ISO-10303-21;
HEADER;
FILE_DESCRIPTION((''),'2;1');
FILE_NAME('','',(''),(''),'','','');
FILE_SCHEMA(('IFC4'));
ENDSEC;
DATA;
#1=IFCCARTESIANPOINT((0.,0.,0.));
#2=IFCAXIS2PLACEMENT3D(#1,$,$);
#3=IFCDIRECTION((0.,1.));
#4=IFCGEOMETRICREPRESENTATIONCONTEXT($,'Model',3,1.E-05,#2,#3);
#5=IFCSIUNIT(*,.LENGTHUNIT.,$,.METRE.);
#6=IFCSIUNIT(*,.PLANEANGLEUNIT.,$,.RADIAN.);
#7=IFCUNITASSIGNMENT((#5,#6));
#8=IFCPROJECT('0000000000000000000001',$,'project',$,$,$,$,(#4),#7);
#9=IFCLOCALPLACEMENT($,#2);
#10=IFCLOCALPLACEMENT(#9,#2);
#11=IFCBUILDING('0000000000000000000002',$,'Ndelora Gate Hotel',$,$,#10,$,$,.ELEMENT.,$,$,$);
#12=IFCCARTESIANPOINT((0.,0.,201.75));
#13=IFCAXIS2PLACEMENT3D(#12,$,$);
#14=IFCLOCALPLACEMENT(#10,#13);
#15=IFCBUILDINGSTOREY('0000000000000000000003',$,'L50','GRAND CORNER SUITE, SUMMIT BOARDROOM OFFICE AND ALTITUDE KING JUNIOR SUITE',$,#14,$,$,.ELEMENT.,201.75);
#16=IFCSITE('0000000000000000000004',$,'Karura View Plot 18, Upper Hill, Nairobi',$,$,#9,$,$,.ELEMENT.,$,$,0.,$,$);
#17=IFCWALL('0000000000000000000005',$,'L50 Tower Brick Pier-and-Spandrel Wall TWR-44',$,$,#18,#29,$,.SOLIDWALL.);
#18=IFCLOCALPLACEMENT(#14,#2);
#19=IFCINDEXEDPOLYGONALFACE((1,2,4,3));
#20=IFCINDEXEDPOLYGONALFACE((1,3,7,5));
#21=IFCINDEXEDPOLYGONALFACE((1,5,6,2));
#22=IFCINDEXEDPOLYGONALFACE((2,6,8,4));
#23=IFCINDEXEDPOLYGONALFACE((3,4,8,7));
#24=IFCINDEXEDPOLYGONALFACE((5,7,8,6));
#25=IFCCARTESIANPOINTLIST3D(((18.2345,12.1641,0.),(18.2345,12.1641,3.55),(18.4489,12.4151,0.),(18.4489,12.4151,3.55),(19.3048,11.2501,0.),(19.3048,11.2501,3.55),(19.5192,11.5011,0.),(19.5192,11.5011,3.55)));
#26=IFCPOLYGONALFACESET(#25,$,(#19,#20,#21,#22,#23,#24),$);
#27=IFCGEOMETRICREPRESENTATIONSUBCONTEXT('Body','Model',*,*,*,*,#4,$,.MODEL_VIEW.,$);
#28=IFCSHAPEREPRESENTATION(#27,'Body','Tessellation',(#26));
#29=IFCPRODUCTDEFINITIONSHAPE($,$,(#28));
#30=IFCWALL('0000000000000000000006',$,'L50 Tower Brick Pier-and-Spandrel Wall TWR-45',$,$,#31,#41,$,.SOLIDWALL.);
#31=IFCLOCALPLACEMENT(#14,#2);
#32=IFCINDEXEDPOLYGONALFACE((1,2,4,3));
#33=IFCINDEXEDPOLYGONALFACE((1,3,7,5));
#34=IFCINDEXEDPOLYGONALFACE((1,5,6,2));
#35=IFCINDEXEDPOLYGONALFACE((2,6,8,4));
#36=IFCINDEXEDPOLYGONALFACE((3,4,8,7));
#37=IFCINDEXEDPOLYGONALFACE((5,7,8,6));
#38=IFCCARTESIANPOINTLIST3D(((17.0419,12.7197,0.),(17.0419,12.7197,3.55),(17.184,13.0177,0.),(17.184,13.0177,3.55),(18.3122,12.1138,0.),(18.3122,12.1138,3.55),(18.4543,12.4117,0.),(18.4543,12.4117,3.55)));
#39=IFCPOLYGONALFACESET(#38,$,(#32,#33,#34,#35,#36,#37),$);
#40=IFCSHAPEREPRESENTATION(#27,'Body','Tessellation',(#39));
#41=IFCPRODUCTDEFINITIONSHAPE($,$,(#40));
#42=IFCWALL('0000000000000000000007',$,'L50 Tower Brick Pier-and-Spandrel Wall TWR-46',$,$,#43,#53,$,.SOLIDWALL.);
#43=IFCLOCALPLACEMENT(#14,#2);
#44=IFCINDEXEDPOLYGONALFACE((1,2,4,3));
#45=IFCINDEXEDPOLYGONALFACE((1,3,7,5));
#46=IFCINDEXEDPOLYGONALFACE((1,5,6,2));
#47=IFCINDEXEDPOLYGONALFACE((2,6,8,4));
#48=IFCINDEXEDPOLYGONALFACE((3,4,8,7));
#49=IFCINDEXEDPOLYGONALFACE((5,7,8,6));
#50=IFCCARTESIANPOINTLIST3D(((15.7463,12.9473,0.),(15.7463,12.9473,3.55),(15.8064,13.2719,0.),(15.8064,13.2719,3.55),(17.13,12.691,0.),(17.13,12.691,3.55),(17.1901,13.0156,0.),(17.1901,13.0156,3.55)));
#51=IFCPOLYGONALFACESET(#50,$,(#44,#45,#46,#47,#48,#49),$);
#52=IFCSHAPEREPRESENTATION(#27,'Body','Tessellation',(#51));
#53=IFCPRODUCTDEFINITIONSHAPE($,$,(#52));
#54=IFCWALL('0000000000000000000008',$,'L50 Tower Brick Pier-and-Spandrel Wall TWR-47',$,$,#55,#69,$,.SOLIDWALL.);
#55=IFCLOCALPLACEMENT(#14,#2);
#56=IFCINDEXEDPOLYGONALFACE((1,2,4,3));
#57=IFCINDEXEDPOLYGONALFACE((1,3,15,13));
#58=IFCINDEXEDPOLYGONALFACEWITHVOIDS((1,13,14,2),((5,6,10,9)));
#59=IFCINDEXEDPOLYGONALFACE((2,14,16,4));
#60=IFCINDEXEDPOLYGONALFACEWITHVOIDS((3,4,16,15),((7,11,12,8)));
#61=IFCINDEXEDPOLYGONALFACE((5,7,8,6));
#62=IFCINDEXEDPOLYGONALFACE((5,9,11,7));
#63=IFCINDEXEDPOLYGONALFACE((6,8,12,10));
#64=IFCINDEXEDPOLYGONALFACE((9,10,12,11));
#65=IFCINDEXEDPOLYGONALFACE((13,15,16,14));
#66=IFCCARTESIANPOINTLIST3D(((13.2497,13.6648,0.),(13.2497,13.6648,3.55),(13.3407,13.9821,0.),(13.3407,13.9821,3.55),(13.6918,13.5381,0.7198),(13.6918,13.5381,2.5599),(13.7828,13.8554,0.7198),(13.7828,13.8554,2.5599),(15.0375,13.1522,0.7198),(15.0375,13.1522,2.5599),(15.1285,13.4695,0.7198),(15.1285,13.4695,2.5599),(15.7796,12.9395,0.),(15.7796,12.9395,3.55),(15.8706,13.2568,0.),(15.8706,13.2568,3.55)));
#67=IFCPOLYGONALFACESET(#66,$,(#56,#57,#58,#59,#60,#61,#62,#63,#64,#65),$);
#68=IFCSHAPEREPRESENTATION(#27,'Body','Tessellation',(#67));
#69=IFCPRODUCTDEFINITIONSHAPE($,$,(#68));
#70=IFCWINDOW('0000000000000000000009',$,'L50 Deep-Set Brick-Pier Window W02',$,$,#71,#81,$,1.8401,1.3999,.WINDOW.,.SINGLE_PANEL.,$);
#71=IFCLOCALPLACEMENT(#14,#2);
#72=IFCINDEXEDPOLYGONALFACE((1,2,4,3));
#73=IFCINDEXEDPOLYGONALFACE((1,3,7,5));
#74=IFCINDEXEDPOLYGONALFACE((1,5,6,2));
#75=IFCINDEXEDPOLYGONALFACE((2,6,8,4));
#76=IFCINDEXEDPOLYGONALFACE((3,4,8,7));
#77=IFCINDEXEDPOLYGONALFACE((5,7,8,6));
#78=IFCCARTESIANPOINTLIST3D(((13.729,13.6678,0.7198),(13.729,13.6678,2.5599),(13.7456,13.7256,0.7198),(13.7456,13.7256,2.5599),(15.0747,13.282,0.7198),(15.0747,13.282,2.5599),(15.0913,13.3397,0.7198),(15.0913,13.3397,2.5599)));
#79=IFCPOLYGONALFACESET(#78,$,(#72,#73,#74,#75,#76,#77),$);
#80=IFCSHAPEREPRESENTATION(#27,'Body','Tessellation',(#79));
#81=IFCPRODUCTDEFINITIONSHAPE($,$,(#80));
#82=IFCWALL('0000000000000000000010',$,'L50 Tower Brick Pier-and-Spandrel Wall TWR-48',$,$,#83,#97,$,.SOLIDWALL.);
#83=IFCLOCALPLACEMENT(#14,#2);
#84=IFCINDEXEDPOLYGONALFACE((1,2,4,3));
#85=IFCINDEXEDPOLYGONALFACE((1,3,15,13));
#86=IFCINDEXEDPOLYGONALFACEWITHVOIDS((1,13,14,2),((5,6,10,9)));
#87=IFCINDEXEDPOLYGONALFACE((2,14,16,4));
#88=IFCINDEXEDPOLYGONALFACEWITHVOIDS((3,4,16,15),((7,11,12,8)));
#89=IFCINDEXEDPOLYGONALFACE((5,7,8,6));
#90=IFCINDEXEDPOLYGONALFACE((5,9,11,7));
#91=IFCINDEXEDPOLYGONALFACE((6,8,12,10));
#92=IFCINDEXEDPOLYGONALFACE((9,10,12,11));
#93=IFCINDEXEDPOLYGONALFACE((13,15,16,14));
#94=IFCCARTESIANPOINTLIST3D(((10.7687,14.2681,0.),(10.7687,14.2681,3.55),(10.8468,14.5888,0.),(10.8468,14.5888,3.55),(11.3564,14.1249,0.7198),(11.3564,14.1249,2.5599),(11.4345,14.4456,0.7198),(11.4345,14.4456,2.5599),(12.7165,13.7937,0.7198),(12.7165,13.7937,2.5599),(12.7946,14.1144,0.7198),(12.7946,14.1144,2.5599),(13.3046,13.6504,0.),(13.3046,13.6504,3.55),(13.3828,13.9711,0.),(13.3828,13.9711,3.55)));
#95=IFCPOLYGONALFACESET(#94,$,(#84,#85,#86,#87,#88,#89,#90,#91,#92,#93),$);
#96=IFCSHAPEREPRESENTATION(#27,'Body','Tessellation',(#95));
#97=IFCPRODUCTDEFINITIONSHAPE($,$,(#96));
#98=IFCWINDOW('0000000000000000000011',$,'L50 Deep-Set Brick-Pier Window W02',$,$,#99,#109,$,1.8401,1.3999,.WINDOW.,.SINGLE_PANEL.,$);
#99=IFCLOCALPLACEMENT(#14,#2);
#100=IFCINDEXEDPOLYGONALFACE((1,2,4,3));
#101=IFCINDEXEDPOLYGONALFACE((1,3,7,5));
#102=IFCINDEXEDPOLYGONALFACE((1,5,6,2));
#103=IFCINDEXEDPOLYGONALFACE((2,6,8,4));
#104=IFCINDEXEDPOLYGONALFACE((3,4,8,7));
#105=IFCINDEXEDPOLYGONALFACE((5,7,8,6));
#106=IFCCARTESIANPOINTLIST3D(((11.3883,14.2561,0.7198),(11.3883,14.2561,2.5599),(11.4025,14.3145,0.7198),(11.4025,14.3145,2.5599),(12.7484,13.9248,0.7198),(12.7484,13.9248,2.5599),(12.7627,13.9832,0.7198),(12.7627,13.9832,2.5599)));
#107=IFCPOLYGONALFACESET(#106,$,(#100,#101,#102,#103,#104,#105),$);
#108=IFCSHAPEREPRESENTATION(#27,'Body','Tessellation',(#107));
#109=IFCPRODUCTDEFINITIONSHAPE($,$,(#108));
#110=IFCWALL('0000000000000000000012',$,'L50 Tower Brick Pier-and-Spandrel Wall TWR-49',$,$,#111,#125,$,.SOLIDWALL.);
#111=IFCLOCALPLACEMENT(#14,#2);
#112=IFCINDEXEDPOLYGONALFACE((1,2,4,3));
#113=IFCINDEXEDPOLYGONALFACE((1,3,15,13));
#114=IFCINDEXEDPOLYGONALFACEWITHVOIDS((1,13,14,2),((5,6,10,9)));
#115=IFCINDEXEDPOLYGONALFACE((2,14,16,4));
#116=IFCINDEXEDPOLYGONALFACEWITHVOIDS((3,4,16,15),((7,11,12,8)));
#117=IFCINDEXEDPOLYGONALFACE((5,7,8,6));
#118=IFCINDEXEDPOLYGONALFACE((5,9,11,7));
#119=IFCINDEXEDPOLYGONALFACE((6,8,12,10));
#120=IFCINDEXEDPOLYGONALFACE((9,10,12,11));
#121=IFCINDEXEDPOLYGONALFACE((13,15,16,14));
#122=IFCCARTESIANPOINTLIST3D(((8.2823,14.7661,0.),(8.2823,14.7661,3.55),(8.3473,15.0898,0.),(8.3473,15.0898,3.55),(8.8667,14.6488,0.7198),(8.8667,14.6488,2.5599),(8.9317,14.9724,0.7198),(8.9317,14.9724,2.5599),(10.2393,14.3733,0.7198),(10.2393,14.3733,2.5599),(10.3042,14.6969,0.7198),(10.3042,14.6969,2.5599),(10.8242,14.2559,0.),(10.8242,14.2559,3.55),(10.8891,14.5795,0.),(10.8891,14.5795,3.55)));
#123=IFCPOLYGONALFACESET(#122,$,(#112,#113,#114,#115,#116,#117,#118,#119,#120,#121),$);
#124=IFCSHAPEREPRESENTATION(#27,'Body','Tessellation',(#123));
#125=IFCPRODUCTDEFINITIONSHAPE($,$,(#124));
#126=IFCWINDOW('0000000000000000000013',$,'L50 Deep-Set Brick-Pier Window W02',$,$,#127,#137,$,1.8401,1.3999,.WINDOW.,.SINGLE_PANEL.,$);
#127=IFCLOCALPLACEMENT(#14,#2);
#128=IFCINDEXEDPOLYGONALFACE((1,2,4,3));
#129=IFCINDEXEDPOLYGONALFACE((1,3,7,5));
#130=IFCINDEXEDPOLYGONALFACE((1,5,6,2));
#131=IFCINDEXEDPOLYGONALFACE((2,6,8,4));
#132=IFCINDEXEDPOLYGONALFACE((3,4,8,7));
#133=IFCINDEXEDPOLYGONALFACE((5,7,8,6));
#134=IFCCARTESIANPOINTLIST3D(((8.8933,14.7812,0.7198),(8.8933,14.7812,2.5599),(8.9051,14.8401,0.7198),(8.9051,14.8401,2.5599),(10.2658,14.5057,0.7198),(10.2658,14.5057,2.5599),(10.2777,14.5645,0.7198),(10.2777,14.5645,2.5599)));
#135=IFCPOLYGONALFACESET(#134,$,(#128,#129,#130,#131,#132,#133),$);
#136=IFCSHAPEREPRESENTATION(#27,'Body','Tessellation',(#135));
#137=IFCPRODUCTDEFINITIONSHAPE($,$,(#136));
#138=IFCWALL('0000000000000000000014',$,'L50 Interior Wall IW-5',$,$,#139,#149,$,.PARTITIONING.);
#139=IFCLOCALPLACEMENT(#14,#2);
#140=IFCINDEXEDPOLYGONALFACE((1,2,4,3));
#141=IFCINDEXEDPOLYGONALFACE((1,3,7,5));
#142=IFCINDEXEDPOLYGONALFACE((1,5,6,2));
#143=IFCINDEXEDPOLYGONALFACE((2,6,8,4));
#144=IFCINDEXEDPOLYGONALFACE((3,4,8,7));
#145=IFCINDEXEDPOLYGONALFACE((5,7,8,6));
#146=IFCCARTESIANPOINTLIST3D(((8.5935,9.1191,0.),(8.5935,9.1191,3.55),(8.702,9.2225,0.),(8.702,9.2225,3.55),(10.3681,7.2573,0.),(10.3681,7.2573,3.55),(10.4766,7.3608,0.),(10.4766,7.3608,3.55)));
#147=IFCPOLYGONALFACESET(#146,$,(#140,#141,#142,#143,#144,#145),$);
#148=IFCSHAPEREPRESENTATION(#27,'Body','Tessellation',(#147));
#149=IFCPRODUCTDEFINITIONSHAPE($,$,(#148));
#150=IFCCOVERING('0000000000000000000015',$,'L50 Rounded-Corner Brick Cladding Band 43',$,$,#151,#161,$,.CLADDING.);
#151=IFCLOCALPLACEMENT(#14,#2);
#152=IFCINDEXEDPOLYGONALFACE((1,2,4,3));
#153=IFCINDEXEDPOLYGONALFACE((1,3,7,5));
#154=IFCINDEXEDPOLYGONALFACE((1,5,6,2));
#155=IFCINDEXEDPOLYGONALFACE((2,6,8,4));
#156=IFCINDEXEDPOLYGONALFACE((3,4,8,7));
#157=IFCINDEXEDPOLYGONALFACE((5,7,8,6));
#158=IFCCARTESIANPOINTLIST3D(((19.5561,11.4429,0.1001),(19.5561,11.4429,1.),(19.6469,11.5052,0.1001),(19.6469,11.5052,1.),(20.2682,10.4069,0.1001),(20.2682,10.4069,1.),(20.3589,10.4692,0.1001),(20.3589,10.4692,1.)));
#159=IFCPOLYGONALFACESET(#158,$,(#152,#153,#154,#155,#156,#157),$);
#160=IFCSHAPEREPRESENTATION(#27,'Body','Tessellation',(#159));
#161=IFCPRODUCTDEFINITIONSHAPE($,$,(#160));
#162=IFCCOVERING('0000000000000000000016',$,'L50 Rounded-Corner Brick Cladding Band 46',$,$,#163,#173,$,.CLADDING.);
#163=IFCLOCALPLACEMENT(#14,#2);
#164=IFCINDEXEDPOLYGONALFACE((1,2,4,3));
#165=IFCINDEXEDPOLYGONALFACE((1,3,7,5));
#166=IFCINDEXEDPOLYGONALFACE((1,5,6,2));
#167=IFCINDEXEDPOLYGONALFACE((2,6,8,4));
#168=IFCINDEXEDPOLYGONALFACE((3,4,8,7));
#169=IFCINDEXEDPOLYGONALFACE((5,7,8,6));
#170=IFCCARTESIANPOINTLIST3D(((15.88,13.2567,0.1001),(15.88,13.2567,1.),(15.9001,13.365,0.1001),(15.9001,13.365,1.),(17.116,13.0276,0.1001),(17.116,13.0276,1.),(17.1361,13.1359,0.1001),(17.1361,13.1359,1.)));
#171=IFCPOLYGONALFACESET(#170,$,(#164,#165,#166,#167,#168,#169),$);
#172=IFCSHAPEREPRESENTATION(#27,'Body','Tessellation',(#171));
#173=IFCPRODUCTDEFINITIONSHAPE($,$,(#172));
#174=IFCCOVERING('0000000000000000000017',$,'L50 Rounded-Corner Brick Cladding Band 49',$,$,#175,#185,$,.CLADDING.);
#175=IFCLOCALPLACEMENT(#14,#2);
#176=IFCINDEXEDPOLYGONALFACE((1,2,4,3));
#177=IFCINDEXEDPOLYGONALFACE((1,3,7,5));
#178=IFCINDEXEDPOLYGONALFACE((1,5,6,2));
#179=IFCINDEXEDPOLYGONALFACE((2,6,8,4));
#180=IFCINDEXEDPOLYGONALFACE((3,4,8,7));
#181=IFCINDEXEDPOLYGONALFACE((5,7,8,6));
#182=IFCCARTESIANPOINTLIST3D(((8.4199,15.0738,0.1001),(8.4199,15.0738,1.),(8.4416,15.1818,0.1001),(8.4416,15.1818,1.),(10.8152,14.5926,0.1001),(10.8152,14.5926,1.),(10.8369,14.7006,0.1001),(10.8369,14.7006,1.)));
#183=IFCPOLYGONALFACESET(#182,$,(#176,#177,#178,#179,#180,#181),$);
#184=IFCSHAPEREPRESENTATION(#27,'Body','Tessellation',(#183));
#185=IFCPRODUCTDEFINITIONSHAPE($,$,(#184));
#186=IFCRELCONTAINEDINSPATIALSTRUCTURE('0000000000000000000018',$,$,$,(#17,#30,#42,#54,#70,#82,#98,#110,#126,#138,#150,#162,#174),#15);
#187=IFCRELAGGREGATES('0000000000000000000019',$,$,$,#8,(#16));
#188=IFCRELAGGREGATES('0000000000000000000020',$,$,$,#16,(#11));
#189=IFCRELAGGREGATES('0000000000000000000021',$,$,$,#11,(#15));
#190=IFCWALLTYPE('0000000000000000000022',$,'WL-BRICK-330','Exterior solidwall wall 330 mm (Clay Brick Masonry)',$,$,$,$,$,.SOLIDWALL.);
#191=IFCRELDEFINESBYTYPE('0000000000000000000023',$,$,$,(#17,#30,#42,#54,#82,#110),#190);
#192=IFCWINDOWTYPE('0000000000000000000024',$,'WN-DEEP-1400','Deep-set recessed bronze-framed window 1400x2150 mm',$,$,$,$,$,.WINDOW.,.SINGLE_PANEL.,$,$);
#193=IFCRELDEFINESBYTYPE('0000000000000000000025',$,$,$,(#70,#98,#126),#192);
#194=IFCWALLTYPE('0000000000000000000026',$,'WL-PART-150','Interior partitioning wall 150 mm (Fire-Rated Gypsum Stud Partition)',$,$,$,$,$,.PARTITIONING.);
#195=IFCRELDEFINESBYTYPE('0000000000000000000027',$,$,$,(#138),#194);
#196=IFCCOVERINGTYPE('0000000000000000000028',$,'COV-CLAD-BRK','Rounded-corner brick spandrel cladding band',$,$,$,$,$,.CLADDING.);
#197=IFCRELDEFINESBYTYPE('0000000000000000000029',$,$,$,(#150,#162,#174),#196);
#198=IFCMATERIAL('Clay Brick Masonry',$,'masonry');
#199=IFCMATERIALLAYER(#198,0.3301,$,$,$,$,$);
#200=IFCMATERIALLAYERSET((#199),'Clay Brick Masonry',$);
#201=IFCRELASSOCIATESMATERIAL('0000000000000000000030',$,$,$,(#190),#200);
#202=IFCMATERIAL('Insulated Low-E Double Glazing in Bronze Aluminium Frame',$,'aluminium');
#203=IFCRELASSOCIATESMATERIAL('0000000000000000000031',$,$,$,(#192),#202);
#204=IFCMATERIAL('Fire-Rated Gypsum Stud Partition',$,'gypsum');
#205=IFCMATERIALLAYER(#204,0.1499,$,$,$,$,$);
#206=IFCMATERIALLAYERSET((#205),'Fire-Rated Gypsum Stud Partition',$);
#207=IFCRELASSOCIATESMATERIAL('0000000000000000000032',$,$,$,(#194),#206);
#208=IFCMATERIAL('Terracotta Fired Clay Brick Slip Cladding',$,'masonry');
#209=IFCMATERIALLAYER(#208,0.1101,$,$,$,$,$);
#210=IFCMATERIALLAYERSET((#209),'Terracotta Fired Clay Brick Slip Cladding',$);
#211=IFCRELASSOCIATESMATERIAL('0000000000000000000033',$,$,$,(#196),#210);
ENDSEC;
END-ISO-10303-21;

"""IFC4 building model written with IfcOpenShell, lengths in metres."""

from ifc_helpers import new_model, si_unit, direction, frame, frame_2d, origin, origin_2d, place, context, subcontext, project, spatial, rectangle, extrude, material, layer, layer_set, type_object, element, fill, save


model = new_model("IFC4")

# Units and contexts
model_context = context("Model", 3, precision=1e-05, world=origin(), true_north=direction((0.0, 1.0)))
body_context = subcontext(model_context, "Body", "Model", "MODEL_VIEW")
ifc_project = project(units=[si_unit("LENGTHUNIT", "METRE"), si_unit("PLANEANGLEUNIT", "RADIAN")], contexts=[model_context])

# Site, building, storey
site_placement = place(None, origin())
site = spatial("IfcSite", under=ifc_project, at=site_placement, Name="Karura View Plot 18, Upper Hill, Nairobi", CompositionType="ELEMENT", RefElevation=0.0)
building_placement = place(site_placement, origin())
building = spatial("IfcBuilding", under=site, at=building_placement, Name="Ndelora Gate Hotel", CompositionType="ELEMENT")
storey_placement = place(building_placement, frame((0.0, 0.0, 201.75)))
storey = spatial("IfcBuildingStorey", under=building, at=storey_placement, Name="L50", Description="GRAND CORNER SUITE, SUMMIT BOARDROOM OFFICE AND ALTITUDE KING JUNIOR SUITE", CompositionType="ELEMENT", Elevation=201.75)

# Walls
ifc_material_1 = material(Name="Clay Brick Masonry", Category="masonry")
ifc_layer_1 = layer(ifc_material_1, 0.3301)
ifc_layer_set_1 = layer_set([ifc_layer_1], Name="Clay Brick Masonry")
wall_type_1 = type_object("IfcWallType", Name="WL-BRICK-330", Description="Exterior solidwall wall 330 mm (Clay Brick Masonry)", PredefinedType="SOLIDWALL", material=ifc_layer_set_1)
for number, where, z_axis, x_axis, name in (
    (1, (18.3418, 12.2896, 0.0), (0.0, 0.0, 1.0), (0.760431, -0.649419, 0.0), "L50 Tower Brick Pier-and-Spandrel Wall TWR-44"),
    (2, (17.113, 12.8687, 0.0), (0.0, 0.0, 1.0), (0.902565, -0.430553, 0.0), "L50 Tower Brick Pier-and-Spandrel Wall TWR-45"),
):
    element("IfcWall", number, at=place(storey_placement, frame(where, z_axis=z_axis, x_axis=x_axis)), inside=storey, type_object=wall_type_1, Name=name, PredefinedType="SOLIDWALL", context=body_context, shape_type="SweptSolid", body=[
        extrude(rectangle(XDim=1.4075, YDim=0.3301, at=frame_2d((0.7036, 0.0))), origin(), (0.0, 0.0, 1.0), 3.55),
    ])
wall_1_placement = place(storey_placement, frame((15.7764, 13.1096, 0.0), z_axis=(0.0, 0.0, 1.0), x_axis=(0.98327, -0.182151, 0.0)))
element("IfcWall", 3, at=wall_1_placement, inside=storey, type_object=wall_type_1, Name="L50 Tower Brick Pier-and-Spandrel Wall TWR-46", PredefinedType="SOLIDWALL", context=body_context, shape_type="SweptSolid", body=[
    extrude(rectangle(XDim=1.4072, YDim=0.3301, at=frame_2d((0.7036, 0.0))), origin(), (0.0, 0.0, 1.0), 3.55),
])

# Walls, openings, windows
wall_2_placement = place(storey_placement, frame((13.2952, 13.8235, 0.0), z_axis=(0.0, 0.0, 1.0), x_axis=(0.961268, -0.275615, 0.0)))
wall_2 = element("IfcWall", 4, at=wall_2_placement, inside=storey, type_object=wall_type_1, Name="L50 Tower Brick Pier-and-Spandrel Wall TWR-47", PredefinedType="SOLIDWALL", context=body_context, shape_type="SweptSolid", body=[
    extrude(rectangle(XDim=2.6318, YDim=0.3301, at=frame_2d((1.3159, 0.0))), origin(), (0.0, 0.0, 1.0), 3.55),
])
opening_1_placement = place(wall_2_placement, frame((0.46, 0.0, 0.72)))
opening_1 = element("IfcOpeningElement", 5, at=opening_1_placement, cuts=wall_2, PredefinedType="OPENING", context=body_context, shape_type="SweptSolid", body=[
    extrude(rectangle(XDim=1.3999, YDim=1.8401, at=frame_2d((0.7, 0.9199))), frame((0.0, 0.175, 0.0), z_axis=(0.0, -1.0, 0.0), x_axis=(1.0, 0.0, 0.0)), (0.0, 0.0, 1.0), 0.3501),
])
ifc_material_2 = material(Name="Insulated Low-E Double Glazing in Bronze Aluminium Frame", Category="aluminium")
window_type = type_object("IfcWindowType", Name="WN-DEEP-1400", Description="Deep-set recessed bronze-framed window 1400x2150 mm", PartitioningType="SINGLE_PANEL", PredefinedType="WINDOW", material=ifc_material_2)
window_1_placement = place(opening_1_placement, origin())
window_1 = element("IfcWindow", 6, at=window_1_placement, inside=storey, type_object=window_type, Name="L50 Deep-Set Brick-Pier Window W02", OverallHeight=1.8401, OverallWidth=1.3999, PartitioningType="SINGLE_PANEL", PredefinedType="WINDOW", context=body_context, shape_type="SweptSolid", body=[
    extrude(rectangle(XDim=1.3999, YDim=1.8401, at=frame_2d((0.7, 0.9199))), frame((0.0, 0.03, 0.0), z_axis=(0.0, -1.0, 0.0), x_axis=(1.0, 0.0, 0.0)), (0.0, 0.0, 1.0), 0.0601),
])
fill(opening_1, window_1)
wall_3_placement = place(storey_placement, frame((10.8076, 14.4285, 0.0), z_axis=(0.0, 0.0, 1.0), x_axis=(0.971594, -0.236655, 0.0)))
wall_3 = element("IfcWall", 7, at=wall_3_placement, inside=storey, type_object=wall_type_1, Name="L50 Tower Brick Pier-and-Spandrel Wall TWR-48", PredefinedType="SOLIDWALL", context=body_context, shape_type="SweptSolid", body=[
    extrude(rectangle(XDim=2.6101, YDim=0.3301, at=frame_2d((1.3052, 0.0))), origin(), (0.0, 0.0, 1.0), 3.55),
])
opening_2_placement = place(wall_3_placement, frame((0.605, 0.0, 0.72)))
opening_2 = element("IfcOpeningElement", 8, at=opening_2_placement, cuts=wall_3, PredefinedType="OPENING", context=body_context, shape_type="SweptSolid", body=[
    extrude(rectangle(XDim=1.3999, YDim=1.8401, at=frame_2d((0.7, 0.9199))), frame((0.0, 0.175, 0.0), z_axis=(0.0, -1.0, 0.0), x_axis=(1.0, 0.0, 0.0)), (0.0, 0.0, 1.0), 0.3501),
])
window_2_placement = place(opening_2_placement, origin())
window_2 = element("IfcWindow", 9, at=window_2_placement, inside=storey, type_object=window_type, Name="L50 Deep-Set Brick-Pier Window W02", OverallHeight=1.8401, OverallWidth=1.3999, PartitioningType="SINGLE_PANEL", PredefinedType="WINDOW", context=body_context, shape_type="SweptSolid", body=[
    extrude(rectangle(XDim=1.3999, YDim=1.8401, at=frame_2d((0.7, 0.9199))), frame((0.0, 0.03, 0.0), z_axis=(0.0, -1.0, 0.0), x_axis=(1.0, 0.0, 0.0)), (0.0, 0.0, 1.0), 0.0601),
])
fill(opening_2, window_2)
wall_4_placement = place(storey_placement, frame((8.3147, 14.928, 0.0), z_axis=(0.0, 0.0, 1.0), x_axis=(0.980439, -0.196822, 0.0)))
wall_4 = element("IfcWall", 10, at=wall_4_placement, inside=storey, type_object=wall_type_1, Name="L50 Tower Brick Pier-and-Spandrel Wall TWR-49", PredefinedType="SOLIDWALL", context=body_context, shape_type="SweptSolid", body=[
    extrude(rectangle(XDim=2.5925, YDim=0.3301, at=frame_2d((1.2964, 0.0))), origin(), (0.0, 0.0, 1.0), 3.55),
])
opening_3_placement = place(wall_4_placement, frame((0.5962, 0.0, 0.72)))
opening_3 = element("IfcOpeningElement", 11, at=opening_3_placement, cuts=wall_4, PredefinedType="OPENING", context=body_context, shape_type="SweptSolid", body=[
    extrude(rectangle(XDim=1.3999, YDim=1.8401, at=frame_2d((0.7, 0.9199))), frame((0.0, 0.175, 0.0), z_axis=(0.0, -1.0, 0.0), x_axis=(1.0, 0.0, 0.0)), (0.0, 0.0, 1.0), 0.3501),
])
window_3_placement = place(opening_3_placement, origin())
window_3 = element("IfcWindow", 12, at=window_3_placement, inside=storey, type_object=window_type, Name="L50 Deep-Set Brick-Pier Window W02", OverallHeight=1.8401, OverallWidth=1.3999, PartitioningType="SINGLE_PANEL", PredefinedType="WINDOW", context=body_context, shape_type="SweptSolid", body=[
    extrude(rectangle(XDim=1.3999, YDim=1.8401, at=frame_2d((0.7, 0.9199))), frame((0.0, 0.03, 0.0), z_axis=(0.0, -1.0, 0.0), x_axis=(1.0, 0.0, 0.0)), (0.0, 0.0, 1.0), 0.0601),
])
fill(opening_3, window_3)

# Wall
ifc_material_3 = material(Name="Fire-Rated Gypsum Stud Partition", Category="gypsum")
ifc_layer_2 = layer(ifc_material_3, 0.1499)
ifc_layer_set_2 = layer_set([ifc_layer_2], Name="Fire-Rated Gypsum Stud Partition")
wall_type_2 = type_object("IfcWallType", Name="WL-PART-150", Description="Interior partitioning wall 150 mm (Fire-Rated Gypsum Stud Partition)", PredefinedType="PARTITIONING", material=ifc_layer_set_2)
wall_5_placement = place(storey_placement, frame((8.6477, 9.1709, 0.0), z_axis=(0.0, 0.0, 1.0), x_axis=(0.689961, -0.723847, 0.0)))
element("IfcWall", 13, at=wall_5_placement, inside=storey, type_object=wall_type_2, Name="L50 Interior Wall IW-5", PredefinedType="PARTITIONING", context=body_context, shape_type="SweptSolid", body=[
    extrude(rectangle(XDim=2.572, YDim=0.1499, at=frame_2d((1.2861, 0.0))), origin(), (0.0, 0.0, 1.0), 3.55),
])

# Coverings
ifc_material_4 = material(Name="Terracotta Fired Clay Brick Slip Cladding", Category="masonry")
ifc_layer_3 = layer(ifc_material_4, 0.1101)
ifc_layer_set_3 = layer_set([ifc_layer_3], Name="Terracotta Fired Clay Brick Slip Cladding")
covering_type_1 = type_object("IfcCoveringType", Name="COV-CLAD-BRK", Description="Rounded-corner brick spandrel cladding band", PredefinedType="CLADDING", material=ifc_layer_set_3)
for number, where, z_axis, x_axis, name in (
    (14, (19.9575, 10.9561, 0.1001), (0.0, 0.0, 1.0), (-0.566406, 0.824126, 0.0), "L50 Rounded-Corner Brick Cladding Band 43"),
    (15, (16.5081, 13.1963, 0.1001), (0.0, 0.0, 1.0), (-0.983255, 0.182236, 0.0), "L50 Rounded-Corner Brick Cladding Band 46"),
):
    element("IfcCovering", number, at=place(storey_placement, frame(where, z_axis=z_axis, x_axis=x_axis)), inside=storey, type_object=covering_type_1, Name=name, PredefinedType="CLADDING", context=body_context, shape_type="SweptSolid", body=[
        extrude(rectangle(XDim=1.2571, YDim=0.1101, at=origin_2d()), origin(), (0.0, 0.0, 1.0), 0.8999),
    ])
covering_1_placement = place(storey_placement, frame((9.6284, 14.8872, 0.1001), z_axis=(0.0, 0.0, 1.0), x_axis=(-0.980409, 0.196973, 0.0)))
element("IfcCovering", 16, at=covering_1_placement, inside=storey, type_object=covering_type_1, Name="L50 Rounded-Corner Brick Cladding Band 49", PredefinedType="CLADDING", context=body_context, shape_type="SweptSolid", body=[
    extrude(rectangle(XDim=2.4431, YDim=0.1101, at=origin_2d()), origin(), (0.0, 0.0, 1.0), 0.8999),
])

save(model, "model.ifc")
